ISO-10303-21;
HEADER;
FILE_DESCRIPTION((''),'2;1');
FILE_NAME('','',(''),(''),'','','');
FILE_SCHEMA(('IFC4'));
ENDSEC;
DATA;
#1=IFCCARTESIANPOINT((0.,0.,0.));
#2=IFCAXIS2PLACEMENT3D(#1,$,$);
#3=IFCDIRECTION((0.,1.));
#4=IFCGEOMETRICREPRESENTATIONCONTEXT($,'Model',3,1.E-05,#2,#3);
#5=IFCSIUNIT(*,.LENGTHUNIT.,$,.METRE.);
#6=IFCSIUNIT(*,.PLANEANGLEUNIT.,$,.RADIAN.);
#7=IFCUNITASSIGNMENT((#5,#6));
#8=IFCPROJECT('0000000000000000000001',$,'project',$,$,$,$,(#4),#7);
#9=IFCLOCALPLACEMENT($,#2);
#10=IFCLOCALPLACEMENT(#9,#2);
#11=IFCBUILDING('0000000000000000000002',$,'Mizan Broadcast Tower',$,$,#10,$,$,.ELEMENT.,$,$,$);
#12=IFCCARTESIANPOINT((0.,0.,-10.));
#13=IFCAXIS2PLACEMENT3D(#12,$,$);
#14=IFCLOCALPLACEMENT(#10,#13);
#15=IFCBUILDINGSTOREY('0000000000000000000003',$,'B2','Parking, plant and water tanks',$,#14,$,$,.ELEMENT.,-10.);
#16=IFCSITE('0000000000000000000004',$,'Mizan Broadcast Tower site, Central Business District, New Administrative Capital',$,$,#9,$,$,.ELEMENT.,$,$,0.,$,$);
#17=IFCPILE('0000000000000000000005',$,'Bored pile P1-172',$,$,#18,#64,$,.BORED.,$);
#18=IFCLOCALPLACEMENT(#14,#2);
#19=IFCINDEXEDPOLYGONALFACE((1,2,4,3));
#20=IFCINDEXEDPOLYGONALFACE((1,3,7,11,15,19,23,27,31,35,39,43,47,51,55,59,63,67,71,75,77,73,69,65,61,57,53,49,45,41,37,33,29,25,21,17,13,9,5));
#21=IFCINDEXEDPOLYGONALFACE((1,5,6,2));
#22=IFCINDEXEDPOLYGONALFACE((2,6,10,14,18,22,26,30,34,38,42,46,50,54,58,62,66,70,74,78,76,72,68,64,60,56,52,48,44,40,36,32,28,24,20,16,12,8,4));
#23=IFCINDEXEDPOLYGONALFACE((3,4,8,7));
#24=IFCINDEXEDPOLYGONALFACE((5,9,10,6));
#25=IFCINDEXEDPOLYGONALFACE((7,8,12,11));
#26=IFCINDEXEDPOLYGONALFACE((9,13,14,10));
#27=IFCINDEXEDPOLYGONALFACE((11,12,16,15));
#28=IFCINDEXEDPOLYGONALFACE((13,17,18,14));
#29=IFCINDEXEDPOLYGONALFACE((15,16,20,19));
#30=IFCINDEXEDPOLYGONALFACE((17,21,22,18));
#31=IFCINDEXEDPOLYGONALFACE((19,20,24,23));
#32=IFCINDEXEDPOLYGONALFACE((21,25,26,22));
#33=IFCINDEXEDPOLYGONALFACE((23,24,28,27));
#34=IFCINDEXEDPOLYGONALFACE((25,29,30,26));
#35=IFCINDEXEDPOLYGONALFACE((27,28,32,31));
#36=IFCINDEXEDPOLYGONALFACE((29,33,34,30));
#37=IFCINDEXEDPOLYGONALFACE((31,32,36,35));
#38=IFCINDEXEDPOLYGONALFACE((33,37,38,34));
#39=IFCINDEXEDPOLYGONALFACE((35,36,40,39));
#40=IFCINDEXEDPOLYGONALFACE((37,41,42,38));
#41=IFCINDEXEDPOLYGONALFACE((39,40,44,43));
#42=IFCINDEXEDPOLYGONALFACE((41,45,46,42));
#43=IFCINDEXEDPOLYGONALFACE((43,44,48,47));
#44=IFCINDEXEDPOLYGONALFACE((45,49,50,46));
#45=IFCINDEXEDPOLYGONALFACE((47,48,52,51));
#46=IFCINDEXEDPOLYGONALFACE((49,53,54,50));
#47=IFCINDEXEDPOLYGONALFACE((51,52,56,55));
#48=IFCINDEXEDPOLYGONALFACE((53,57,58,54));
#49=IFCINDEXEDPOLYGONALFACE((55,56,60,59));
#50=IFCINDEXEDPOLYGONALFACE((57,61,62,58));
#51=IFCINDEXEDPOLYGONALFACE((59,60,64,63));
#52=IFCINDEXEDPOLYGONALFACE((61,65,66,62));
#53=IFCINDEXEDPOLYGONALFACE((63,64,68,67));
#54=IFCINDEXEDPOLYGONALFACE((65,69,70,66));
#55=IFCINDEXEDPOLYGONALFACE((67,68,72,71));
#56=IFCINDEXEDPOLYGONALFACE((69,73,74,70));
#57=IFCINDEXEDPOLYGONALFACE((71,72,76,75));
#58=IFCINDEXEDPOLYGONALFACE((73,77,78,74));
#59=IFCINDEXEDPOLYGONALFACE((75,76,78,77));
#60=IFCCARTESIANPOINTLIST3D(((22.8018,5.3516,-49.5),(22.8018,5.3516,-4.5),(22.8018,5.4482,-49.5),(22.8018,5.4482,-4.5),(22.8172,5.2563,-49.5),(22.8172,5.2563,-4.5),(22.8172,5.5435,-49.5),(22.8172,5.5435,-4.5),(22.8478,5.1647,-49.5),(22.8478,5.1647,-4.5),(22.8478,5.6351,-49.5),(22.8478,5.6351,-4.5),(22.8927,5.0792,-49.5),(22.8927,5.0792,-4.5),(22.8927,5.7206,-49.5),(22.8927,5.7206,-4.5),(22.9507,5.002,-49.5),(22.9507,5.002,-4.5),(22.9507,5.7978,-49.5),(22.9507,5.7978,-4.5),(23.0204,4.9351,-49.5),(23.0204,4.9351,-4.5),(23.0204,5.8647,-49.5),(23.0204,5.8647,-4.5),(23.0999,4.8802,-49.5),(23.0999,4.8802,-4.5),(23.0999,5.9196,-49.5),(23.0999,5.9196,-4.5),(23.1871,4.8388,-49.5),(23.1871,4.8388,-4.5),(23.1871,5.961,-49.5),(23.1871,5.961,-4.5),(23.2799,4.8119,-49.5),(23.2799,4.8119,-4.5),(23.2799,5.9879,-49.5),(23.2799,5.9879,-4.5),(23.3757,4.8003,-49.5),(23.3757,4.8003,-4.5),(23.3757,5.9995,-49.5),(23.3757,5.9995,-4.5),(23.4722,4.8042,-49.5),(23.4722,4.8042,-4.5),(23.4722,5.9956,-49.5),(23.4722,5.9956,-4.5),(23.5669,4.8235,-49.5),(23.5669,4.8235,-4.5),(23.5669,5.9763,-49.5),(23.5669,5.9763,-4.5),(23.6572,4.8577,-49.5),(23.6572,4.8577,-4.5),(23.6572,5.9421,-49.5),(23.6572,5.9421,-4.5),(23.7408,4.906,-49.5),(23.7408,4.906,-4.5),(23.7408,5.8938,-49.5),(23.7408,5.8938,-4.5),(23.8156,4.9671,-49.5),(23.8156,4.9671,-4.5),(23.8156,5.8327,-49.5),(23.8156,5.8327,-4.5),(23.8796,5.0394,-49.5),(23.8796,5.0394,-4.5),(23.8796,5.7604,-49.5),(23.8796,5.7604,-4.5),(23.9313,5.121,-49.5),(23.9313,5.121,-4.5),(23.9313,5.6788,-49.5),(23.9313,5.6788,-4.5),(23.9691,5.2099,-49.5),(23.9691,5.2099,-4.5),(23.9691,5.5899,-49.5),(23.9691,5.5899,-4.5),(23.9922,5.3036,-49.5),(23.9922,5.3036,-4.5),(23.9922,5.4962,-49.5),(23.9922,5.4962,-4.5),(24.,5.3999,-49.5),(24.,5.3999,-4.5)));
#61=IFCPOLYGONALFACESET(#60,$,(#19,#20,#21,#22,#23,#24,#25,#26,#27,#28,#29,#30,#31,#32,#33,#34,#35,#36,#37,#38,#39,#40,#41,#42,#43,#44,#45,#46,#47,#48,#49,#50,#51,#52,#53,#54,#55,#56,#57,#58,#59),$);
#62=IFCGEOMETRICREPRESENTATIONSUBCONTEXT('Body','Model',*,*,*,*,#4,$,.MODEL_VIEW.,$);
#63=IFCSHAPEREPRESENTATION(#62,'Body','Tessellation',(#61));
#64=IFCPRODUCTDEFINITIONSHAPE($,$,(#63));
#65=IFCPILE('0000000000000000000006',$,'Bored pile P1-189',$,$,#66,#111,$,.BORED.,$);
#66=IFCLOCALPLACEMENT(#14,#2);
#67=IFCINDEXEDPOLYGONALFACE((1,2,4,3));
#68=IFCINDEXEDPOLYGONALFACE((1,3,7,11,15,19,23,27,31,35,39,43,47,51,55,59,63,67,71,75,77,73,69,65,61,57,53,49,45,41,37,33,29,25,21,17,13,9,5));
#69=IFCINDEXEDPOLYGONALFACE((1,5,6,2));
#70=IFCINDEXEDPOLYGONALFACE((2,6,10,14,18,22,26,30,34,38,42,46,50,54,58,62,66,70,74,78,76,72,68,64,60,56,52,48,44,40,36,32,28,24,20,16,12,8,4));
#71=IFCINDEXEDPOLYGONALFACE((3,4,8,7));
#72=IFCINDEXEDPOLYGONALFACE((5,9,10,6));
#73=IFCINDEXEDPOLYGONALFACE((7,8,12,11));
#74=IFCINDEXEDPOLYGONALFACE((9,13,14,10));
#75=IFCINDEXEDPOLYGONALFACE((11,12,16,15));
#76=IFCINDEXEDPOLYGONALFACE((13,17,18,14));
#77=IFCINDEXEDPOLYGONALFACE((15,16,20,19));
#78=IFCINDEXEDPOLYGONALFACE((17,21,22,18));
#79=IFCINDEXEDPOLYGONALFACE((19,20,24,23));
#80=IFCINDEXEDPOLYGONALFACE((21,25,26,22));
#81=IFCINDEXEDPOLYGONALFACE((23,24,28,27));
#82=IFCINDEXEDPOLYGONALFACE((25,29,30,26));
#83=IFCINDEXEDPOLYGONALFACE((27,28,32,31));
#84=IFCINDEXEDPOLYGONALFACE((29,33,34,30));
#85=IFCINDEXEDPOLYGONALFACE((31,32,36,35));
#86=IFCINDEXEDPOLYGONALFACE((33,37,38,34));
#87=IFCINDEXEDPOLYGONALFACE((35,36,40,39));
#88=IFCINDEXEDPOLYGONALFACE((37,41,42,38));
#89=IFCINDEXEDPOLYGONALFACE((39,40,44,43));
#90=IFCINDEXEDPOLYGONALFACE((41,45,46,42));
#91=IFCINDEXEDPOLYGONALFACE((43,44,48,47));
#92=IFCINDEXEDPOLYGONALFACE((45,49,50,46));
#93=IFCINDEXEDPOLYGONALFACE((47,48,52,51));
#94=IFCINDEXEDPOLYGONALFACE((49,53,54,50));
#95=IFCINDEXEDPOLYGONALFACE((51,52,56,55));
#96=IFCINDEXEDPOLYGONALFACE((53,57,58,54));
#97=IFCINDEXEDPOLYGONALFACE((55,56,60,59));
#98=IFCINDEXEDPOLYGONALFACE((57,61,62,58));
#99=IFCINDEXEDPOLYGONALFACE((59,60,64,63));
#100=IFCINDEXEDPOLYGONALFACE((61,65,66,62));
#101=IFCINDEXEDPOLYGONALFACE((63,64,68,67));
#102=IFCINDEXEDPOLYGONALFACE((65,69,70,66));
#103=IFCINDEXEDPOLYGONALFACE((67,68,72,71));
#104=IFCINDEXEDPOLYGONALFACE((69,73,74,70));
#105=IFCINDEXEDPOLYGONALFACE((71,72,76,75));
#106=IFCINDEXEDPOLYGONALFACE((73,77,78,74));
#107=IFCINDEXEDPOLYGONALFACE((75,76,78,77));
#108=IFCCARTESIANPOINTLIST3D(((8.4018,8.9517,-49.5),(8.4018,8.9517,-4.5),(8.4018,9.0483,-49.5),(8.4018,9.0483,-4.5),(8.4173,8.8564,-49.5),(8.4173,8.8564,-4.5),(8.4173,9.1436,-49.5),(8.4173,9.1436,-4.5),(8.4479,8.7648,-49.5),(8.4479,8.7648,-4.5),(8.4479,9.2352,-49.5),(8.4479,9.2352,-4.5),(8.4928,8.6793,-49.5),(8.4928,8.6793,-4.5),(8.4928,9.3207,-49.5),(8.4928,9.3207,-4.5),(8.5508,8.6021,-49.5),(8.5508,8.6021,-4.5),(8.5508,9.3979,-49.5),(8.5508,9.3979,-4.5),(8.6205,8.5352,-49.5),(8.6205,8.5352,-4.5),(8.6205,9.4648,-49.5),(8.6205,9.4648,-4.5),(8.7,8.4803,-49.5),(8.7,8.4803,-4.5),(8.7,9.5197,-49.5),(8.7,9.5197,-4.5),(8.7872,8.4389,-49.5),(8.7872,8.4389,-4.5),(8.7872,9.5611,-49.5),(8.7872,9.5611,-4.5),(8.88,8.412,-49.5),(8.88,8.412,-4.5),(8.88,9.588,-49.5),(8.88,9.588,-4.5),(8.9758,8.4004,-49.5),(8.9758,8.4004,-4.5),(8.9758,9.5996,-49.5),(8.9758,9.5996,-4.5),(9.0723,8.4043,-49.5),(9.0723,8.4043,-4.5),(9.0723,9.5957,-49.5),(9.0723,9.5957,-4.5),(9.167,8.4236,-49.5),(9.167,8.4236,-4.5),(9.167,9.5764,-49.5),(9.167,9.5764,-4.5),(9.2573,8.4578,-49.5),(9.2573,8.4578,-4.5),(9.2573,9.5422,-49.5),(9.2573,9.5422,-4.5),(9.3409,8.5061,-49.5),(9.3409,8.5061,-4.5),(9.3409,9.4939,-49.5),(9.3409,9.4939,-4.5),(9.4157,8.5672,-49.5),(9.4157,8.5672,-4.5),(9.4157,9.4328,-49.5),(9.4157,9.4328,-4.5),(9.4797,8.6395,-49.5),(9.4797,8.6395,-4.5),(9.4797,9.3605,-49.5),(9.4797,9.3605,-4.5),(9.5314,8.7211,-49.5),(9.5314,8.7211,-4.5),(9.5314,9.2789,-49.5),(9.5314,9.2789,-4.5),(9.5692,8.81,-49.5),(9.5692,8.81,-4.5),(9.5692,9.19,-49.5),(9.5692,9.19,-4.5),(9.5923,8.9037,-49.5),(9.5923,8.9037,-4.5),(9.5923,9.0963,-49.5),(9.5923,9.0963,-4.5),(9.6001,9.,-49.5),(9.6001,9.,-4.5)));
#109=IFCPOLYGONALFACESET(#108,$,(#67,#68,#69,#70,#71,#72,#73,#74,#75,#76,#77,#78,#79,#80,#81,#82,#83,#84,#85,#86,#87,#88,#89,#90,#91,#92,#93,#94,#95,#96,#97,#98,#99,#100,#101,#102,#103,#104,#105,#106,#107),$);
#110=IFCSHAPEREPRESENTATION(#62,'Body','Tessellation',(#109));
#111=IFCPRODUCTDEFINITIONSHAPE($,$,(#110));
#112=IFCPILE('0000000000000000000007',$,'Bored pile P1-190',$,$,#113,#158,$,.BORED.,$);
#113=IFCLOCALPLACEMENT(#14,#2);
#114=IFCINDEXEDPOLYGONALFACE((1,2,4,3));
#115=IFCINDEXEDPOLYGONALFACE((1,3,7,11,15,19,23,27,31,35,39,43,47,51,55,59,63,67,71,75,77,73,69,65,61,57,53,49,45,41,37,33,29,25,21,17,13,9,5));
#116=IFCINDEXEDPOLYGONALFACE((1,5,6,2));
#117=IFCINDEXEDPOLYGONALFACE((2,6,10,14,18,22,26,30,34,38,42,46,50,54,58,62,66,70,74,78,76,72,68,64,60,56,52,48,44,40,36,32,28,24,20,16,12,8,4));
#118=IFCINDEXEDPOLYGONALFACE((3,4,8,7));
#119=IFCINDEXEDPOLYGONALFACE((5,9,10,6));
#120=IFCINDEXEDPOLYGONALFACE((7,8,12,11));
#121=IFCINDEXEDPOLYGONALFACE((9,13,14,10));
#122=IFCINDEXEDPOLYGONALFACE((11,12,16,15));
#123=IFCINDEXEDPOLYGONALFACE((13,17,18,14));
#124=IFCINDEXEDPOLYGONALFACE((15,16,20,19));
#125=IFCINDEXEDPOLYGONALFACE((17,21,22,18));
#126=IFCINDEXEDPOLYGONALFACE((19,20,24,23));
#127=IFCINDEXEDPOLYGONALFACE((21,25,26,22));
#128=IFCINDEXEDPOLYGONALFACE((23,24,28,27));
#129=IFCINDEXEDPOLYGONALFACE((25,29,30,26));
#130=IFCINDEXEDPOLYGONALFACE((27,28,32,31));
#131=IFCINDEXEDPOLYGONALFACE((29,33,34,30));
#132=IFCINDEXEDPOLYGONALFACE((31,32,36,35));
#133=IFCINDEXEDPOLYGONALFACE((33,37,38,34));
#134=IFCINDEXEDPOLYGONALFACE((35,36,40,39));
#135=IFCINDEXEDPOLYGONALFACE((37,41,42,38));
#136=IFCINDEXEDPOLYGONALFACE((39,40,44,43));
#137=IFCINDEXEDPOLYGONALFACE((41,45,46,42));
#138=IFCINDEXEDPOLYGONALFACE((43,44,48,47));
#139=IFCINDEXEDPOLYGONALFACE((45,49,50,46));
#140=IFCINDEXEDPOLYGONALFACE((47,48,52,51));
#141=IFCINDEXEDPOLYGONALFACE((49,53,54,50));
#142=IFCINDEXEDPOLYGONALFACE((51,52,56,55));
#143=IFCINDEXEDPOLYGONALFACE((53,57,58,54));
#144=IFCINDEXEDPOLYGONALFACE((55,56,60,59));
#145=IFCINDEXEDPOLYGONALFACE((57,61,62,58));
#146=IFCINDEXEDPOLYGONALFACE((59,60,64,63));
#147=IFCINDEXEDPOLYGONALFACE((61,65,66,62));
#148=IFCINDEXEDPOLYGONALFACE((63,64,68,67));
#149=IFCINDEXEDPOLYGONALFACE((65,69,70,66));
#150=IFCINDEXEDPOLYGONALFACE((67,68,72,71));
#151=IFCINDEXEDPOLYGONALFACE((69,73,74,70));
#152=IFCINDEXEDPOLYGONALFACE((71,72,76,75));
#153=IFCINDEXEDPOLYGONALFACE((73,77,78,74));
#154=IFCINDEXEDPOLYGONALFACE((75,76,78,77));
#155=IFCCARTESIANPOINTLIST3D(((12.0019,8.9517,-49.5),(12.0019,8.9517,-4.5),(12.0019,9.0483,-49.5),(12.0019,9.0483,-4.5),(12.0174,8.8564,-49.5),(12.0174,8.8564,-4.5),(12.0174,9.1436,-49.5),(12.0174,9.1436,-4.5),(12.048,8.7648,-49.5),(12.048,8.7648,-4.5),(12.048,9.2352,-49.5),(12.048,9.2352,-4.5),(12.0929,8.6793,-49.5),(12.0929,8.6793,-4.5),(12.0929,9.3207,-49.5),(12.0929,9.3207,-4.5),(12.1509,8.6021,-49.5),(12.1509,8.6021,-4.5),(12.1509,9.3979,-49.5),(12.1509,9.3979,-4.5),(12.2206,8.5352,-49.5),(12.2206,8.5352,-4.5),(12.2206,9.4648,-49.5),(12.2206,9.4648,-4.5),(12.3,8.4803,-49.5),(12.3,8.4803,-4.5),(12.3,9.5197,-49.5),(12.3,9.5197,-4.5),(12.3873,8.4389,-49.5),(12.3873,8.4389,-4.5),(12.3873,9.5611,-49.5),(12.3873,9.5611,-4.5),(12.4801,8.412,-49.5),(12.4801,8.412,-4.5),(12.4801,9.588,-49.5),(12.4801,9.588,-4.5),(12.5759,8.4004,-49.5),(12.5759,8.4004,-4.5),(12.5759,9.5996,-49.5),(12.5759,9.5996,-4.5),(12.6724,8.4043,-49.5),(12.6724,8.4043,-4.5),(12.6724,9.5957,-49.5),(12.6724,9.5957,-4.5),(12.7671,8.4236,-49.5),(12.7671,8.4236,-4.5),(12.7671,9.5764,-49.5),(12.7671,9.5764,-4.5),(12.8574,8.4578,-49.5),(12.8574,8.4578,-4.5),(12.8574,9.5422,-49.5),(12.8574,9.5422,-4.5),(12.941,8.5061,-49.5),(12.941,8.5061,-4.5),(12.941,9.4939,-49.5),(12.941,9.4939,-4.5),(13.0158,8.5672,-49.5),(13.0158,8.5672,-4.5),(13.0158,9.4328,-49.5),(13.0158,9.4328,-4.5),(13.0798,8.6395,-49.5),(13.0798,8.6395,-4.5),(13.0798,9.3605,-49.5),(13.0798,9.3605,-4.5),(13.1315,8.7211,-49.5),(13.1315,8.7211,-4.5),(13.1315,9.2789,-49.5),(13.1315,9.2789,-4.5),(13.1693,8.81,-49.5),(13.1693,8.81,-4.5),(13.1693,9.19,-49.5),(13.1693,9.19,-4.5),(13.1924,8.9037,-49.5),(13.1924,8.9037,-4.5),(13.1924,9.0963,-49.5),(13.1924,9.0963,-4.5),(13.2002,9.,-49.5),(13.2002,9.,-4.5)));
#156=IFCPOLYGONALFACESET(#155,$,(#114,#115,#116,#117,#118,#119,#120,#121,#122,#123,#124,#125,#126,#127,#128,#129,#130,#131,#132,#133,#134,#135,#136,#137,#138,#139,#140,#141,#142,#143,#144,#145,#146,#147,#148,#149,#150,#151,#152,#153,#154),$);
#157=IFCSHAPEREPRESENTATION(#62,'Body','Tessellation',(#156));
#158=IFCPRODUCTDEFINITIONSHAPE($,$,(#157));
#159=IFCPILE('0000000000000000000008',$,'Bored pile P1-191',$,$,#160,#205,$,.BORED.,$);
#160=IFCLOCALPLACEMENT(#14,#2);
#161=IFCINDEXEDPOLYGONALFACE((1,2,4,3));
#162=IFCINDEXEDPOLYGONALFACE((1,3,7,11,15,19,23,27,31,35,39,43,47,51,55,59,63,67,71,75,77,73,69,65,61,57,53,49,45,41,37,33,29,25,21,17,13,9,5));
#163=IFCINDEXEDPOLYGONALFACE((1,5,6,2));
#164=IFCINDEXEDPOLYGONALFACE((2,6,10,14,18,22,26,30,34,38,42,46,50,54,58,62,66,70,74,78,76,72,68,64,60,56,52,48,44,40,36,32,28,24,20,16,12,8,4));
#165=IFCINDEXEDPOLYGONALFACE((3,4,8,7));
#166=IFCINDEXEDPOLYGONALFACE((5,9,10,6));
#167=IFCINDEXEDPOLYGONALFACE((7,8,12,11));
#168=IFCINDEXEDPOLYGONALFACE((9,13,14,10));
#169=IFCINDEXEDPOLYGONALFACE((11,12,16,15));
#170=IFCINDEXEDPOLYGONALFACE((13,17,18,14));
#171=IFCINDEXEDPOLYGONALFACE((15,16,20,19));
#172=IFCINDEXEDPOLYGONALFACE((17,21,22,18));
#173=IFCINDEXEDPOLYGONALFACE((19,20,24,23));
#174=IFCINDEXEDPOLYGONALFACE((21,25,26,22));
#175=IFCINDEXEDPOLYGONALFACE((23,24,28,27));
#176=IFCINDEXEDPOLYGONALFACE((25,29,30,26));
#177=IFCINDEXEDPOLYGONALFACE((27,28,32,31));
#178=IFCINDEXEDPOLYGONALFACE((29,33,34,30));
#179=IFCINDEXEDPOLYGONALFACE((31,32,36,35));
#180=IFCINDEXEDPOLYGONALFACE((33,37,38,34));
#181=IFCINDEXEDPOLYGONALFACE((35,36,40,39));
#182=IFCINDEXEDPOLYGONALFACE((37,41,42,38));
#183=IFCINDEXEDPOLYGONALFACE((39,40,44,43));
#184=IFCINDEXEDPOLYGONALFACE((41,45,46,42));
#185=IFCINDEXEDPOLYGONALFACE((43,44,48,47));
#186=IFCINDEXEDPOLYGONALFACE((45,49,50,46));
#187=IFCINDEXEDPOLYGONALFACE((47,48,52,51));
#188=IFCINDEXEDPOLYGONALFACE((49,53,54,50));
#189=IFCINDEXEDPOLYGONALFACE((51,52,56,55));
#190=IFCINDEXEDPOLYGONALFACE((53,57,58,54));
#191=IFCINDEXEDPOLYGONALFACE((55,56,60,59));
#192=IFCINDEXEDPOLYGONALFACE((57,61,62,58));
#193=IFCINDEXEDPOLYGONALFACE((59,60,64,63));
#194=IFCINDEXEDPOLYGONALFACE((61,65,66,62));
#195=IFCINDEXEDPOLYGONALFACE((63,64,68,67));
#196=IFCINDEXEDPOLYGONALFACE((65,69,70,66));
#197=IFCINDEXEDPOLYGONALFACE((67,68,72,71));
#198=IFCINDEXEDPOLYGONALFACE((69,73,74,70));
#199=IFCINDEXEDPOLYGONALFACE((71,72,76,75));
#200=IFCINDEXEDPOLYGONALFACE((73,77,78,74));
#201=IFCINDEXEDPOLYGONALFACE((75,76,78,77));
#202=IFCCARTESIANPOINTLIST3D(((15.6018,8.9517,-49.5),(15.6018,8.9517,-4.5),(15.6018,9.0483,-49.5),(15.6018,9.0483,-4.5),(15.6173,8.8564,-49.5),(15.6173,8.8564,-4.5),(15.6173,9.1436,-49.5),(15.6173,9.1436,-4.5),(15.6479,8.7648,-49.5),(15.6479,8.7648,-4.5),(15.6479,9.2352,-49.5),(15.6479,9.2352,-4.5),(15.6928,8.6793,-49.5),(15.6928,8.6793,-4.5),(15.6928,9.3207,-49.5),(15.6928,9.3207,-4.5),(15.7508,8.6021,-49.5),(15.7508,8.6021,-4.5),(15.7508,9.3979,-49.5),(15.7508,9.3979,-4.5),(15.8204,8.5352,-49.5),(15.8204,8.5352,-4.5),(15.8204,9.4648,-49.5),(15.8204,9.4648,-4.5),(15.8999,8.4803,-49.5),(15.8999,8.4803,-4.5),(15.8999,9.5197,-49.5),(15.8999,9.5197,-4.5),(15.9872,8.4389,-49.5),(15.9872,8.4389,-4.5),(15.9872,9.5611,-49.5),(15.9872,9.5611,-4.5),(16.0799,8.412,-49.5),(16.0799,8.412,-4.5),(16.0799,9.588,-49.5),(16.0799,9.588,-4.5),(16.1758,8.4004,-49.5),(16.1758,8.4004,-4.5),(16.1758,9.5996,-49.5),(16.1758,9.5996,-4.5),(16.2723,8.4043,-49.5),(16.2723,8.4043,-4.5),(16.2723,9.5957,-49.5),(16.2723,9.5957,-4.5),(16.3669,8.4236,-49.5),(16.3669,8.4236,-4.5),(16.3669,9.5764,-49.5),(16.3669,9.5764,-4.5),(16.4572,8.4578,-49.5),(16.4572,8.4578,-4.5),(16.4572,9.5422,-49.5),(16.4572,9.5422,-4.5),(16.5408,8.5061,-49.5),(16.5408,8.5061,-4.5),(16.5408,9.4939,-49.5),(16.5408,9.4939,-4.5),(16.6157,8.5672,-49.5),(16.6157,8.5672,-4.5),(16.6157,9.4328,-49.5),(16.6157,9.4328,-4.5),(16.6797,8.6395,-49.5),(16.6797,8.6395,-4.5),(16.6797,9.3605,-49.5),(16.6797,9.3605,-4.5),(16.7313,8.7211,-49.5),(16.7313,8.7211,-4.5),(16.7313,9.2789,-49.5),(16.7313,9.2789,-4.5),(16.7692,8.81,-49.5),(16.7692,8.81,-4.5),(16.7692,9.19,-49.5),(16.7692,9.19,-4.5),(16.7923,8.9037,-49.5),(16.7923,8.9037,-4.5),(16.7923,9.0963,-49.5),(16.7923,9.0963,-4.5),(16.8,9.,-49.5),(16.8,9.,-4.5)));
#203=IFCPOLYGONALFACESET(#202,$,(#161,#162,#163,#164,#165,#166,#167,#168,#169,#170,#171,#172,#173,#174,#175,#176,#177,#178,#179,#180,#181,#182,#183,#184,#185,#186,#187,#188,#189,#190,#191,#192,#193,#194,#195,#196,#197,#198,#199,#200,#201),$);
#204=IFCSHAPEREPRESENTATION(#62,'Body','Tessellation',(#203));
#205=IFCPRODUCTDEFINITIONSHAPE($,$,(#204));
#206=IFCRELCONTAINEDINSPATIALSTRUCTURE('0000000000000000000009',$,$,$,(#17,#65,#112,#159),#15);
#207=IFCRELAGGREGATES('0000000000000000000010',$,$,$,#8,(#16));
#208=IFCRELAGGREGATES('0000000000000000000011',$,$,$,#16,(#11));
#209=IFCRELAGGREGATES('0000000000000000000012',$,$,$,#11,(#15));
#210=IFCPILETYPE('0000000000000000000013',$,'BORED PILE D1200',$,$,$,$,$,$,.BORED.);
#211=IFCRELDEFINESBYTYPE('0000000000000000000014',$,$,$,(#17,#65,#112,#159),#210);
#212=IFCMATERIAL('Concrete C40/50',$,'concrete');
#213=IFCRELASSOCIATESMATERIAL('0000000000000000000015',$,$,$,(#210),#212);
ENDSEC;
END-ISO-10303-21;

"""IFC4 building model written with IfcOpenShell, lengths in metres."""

from ifc_helpers import new_model, si_unit, direction, frame, origin, origin_2d, place, context, subcontext, project, spatial, circle, extrude, material, material_profile, profile_set, type_object, element, save


model = new_model("IFC4")

# Units and contexts
model_context = context("Model", 3, precision=1e-05, world=origin(), true_north=direction((0.0, 1.0)))
body_context = subcontext(model_context, "Body", "Model", "MODEL_VIEW")
ifc_project = project(units=[si_unit("LENGTHUNIT", "METRE"), si_unit("PLANEANGLEUNIT", "RADIAN")], contexts=[model_context])

# Site, building, storey
site_placement = place(None, origin())
site = spatial("IfcSite", under=ifc_project, at=site_placement, Name="Mizan Broadcast Tower site, Central Business District, New Administrative Capital", CompositionType="ELEMENT", RefElevation=0.0)
building_placement = place(site_placement, origin())
building = spatial("IfcBuilding", under=site, at=building_placement, Name="Mizan Broadcast Tower", CompositionType="ELEMENT")
storey_placement = place(building_placement, frame((0.0, 0.0, -10.0)))
storey = spatial("IfcBuildingStorey", under=building, at=storey_placement, Name="B2", Description="Parking, plant and water tanks", CompositionType="ELEMENT", Elevation=-10.0)

# Piles
ifc_material_1 = material(Name="Concrete C40/50", Category="concrete")
ifc_material_profile_1 = material_profile(ifc_material_1, circle(Radius=0.6001, at=origin_2d()), Name="D1200")
ifc_profile_set_1 = profile_set([ifc_material_profile_1], Name="Concrete C40/50")
pile_type_1 = type_object("IfcPileType", Name="BORED PILE D1200", PredefinedType="BORED", material=ifc_profile_set_1)
for number, where, z_axis, x_axis, name in (
    (1, (23.3999, 5.3999, -4.5), (0.0, 0.0, -1.0), (1.0, 0.0, 0.0), "Bored pile P1-172"),
    (2, (9.0, 9.0, -4.5), (0.0, 0.0, -1.0), (1.0, 0.0, 0.0), "Bored pile P1-189"),
    (3, (12.6001, 9.0, -4.5), (0.0, 0.0, -1.0), (1.0, 0.0, 0.0), "Bored pile P1-190"),
    (4, (16.2, 9.0, -4.5), (0.0, 0.0, -1.0), (1.0, 0.0, 0.0), "Bored pile P1-191"),
):
    element("IfcPile", number, at=place(storey_placement, frame(where, z_axis=z_axis, x_axis=x_axis)), inside=storey, type_object=pile_type_1, Name=name, PredefinedType="BORED", context=body_context, shape_type="SweptSolid", body=[
        extrude(circle(Radius=0.6001, at=origin_2d()), origin(), (0.0, 0.0, 1.0), 45.0),
    ])

save(model, "model.ifc")
